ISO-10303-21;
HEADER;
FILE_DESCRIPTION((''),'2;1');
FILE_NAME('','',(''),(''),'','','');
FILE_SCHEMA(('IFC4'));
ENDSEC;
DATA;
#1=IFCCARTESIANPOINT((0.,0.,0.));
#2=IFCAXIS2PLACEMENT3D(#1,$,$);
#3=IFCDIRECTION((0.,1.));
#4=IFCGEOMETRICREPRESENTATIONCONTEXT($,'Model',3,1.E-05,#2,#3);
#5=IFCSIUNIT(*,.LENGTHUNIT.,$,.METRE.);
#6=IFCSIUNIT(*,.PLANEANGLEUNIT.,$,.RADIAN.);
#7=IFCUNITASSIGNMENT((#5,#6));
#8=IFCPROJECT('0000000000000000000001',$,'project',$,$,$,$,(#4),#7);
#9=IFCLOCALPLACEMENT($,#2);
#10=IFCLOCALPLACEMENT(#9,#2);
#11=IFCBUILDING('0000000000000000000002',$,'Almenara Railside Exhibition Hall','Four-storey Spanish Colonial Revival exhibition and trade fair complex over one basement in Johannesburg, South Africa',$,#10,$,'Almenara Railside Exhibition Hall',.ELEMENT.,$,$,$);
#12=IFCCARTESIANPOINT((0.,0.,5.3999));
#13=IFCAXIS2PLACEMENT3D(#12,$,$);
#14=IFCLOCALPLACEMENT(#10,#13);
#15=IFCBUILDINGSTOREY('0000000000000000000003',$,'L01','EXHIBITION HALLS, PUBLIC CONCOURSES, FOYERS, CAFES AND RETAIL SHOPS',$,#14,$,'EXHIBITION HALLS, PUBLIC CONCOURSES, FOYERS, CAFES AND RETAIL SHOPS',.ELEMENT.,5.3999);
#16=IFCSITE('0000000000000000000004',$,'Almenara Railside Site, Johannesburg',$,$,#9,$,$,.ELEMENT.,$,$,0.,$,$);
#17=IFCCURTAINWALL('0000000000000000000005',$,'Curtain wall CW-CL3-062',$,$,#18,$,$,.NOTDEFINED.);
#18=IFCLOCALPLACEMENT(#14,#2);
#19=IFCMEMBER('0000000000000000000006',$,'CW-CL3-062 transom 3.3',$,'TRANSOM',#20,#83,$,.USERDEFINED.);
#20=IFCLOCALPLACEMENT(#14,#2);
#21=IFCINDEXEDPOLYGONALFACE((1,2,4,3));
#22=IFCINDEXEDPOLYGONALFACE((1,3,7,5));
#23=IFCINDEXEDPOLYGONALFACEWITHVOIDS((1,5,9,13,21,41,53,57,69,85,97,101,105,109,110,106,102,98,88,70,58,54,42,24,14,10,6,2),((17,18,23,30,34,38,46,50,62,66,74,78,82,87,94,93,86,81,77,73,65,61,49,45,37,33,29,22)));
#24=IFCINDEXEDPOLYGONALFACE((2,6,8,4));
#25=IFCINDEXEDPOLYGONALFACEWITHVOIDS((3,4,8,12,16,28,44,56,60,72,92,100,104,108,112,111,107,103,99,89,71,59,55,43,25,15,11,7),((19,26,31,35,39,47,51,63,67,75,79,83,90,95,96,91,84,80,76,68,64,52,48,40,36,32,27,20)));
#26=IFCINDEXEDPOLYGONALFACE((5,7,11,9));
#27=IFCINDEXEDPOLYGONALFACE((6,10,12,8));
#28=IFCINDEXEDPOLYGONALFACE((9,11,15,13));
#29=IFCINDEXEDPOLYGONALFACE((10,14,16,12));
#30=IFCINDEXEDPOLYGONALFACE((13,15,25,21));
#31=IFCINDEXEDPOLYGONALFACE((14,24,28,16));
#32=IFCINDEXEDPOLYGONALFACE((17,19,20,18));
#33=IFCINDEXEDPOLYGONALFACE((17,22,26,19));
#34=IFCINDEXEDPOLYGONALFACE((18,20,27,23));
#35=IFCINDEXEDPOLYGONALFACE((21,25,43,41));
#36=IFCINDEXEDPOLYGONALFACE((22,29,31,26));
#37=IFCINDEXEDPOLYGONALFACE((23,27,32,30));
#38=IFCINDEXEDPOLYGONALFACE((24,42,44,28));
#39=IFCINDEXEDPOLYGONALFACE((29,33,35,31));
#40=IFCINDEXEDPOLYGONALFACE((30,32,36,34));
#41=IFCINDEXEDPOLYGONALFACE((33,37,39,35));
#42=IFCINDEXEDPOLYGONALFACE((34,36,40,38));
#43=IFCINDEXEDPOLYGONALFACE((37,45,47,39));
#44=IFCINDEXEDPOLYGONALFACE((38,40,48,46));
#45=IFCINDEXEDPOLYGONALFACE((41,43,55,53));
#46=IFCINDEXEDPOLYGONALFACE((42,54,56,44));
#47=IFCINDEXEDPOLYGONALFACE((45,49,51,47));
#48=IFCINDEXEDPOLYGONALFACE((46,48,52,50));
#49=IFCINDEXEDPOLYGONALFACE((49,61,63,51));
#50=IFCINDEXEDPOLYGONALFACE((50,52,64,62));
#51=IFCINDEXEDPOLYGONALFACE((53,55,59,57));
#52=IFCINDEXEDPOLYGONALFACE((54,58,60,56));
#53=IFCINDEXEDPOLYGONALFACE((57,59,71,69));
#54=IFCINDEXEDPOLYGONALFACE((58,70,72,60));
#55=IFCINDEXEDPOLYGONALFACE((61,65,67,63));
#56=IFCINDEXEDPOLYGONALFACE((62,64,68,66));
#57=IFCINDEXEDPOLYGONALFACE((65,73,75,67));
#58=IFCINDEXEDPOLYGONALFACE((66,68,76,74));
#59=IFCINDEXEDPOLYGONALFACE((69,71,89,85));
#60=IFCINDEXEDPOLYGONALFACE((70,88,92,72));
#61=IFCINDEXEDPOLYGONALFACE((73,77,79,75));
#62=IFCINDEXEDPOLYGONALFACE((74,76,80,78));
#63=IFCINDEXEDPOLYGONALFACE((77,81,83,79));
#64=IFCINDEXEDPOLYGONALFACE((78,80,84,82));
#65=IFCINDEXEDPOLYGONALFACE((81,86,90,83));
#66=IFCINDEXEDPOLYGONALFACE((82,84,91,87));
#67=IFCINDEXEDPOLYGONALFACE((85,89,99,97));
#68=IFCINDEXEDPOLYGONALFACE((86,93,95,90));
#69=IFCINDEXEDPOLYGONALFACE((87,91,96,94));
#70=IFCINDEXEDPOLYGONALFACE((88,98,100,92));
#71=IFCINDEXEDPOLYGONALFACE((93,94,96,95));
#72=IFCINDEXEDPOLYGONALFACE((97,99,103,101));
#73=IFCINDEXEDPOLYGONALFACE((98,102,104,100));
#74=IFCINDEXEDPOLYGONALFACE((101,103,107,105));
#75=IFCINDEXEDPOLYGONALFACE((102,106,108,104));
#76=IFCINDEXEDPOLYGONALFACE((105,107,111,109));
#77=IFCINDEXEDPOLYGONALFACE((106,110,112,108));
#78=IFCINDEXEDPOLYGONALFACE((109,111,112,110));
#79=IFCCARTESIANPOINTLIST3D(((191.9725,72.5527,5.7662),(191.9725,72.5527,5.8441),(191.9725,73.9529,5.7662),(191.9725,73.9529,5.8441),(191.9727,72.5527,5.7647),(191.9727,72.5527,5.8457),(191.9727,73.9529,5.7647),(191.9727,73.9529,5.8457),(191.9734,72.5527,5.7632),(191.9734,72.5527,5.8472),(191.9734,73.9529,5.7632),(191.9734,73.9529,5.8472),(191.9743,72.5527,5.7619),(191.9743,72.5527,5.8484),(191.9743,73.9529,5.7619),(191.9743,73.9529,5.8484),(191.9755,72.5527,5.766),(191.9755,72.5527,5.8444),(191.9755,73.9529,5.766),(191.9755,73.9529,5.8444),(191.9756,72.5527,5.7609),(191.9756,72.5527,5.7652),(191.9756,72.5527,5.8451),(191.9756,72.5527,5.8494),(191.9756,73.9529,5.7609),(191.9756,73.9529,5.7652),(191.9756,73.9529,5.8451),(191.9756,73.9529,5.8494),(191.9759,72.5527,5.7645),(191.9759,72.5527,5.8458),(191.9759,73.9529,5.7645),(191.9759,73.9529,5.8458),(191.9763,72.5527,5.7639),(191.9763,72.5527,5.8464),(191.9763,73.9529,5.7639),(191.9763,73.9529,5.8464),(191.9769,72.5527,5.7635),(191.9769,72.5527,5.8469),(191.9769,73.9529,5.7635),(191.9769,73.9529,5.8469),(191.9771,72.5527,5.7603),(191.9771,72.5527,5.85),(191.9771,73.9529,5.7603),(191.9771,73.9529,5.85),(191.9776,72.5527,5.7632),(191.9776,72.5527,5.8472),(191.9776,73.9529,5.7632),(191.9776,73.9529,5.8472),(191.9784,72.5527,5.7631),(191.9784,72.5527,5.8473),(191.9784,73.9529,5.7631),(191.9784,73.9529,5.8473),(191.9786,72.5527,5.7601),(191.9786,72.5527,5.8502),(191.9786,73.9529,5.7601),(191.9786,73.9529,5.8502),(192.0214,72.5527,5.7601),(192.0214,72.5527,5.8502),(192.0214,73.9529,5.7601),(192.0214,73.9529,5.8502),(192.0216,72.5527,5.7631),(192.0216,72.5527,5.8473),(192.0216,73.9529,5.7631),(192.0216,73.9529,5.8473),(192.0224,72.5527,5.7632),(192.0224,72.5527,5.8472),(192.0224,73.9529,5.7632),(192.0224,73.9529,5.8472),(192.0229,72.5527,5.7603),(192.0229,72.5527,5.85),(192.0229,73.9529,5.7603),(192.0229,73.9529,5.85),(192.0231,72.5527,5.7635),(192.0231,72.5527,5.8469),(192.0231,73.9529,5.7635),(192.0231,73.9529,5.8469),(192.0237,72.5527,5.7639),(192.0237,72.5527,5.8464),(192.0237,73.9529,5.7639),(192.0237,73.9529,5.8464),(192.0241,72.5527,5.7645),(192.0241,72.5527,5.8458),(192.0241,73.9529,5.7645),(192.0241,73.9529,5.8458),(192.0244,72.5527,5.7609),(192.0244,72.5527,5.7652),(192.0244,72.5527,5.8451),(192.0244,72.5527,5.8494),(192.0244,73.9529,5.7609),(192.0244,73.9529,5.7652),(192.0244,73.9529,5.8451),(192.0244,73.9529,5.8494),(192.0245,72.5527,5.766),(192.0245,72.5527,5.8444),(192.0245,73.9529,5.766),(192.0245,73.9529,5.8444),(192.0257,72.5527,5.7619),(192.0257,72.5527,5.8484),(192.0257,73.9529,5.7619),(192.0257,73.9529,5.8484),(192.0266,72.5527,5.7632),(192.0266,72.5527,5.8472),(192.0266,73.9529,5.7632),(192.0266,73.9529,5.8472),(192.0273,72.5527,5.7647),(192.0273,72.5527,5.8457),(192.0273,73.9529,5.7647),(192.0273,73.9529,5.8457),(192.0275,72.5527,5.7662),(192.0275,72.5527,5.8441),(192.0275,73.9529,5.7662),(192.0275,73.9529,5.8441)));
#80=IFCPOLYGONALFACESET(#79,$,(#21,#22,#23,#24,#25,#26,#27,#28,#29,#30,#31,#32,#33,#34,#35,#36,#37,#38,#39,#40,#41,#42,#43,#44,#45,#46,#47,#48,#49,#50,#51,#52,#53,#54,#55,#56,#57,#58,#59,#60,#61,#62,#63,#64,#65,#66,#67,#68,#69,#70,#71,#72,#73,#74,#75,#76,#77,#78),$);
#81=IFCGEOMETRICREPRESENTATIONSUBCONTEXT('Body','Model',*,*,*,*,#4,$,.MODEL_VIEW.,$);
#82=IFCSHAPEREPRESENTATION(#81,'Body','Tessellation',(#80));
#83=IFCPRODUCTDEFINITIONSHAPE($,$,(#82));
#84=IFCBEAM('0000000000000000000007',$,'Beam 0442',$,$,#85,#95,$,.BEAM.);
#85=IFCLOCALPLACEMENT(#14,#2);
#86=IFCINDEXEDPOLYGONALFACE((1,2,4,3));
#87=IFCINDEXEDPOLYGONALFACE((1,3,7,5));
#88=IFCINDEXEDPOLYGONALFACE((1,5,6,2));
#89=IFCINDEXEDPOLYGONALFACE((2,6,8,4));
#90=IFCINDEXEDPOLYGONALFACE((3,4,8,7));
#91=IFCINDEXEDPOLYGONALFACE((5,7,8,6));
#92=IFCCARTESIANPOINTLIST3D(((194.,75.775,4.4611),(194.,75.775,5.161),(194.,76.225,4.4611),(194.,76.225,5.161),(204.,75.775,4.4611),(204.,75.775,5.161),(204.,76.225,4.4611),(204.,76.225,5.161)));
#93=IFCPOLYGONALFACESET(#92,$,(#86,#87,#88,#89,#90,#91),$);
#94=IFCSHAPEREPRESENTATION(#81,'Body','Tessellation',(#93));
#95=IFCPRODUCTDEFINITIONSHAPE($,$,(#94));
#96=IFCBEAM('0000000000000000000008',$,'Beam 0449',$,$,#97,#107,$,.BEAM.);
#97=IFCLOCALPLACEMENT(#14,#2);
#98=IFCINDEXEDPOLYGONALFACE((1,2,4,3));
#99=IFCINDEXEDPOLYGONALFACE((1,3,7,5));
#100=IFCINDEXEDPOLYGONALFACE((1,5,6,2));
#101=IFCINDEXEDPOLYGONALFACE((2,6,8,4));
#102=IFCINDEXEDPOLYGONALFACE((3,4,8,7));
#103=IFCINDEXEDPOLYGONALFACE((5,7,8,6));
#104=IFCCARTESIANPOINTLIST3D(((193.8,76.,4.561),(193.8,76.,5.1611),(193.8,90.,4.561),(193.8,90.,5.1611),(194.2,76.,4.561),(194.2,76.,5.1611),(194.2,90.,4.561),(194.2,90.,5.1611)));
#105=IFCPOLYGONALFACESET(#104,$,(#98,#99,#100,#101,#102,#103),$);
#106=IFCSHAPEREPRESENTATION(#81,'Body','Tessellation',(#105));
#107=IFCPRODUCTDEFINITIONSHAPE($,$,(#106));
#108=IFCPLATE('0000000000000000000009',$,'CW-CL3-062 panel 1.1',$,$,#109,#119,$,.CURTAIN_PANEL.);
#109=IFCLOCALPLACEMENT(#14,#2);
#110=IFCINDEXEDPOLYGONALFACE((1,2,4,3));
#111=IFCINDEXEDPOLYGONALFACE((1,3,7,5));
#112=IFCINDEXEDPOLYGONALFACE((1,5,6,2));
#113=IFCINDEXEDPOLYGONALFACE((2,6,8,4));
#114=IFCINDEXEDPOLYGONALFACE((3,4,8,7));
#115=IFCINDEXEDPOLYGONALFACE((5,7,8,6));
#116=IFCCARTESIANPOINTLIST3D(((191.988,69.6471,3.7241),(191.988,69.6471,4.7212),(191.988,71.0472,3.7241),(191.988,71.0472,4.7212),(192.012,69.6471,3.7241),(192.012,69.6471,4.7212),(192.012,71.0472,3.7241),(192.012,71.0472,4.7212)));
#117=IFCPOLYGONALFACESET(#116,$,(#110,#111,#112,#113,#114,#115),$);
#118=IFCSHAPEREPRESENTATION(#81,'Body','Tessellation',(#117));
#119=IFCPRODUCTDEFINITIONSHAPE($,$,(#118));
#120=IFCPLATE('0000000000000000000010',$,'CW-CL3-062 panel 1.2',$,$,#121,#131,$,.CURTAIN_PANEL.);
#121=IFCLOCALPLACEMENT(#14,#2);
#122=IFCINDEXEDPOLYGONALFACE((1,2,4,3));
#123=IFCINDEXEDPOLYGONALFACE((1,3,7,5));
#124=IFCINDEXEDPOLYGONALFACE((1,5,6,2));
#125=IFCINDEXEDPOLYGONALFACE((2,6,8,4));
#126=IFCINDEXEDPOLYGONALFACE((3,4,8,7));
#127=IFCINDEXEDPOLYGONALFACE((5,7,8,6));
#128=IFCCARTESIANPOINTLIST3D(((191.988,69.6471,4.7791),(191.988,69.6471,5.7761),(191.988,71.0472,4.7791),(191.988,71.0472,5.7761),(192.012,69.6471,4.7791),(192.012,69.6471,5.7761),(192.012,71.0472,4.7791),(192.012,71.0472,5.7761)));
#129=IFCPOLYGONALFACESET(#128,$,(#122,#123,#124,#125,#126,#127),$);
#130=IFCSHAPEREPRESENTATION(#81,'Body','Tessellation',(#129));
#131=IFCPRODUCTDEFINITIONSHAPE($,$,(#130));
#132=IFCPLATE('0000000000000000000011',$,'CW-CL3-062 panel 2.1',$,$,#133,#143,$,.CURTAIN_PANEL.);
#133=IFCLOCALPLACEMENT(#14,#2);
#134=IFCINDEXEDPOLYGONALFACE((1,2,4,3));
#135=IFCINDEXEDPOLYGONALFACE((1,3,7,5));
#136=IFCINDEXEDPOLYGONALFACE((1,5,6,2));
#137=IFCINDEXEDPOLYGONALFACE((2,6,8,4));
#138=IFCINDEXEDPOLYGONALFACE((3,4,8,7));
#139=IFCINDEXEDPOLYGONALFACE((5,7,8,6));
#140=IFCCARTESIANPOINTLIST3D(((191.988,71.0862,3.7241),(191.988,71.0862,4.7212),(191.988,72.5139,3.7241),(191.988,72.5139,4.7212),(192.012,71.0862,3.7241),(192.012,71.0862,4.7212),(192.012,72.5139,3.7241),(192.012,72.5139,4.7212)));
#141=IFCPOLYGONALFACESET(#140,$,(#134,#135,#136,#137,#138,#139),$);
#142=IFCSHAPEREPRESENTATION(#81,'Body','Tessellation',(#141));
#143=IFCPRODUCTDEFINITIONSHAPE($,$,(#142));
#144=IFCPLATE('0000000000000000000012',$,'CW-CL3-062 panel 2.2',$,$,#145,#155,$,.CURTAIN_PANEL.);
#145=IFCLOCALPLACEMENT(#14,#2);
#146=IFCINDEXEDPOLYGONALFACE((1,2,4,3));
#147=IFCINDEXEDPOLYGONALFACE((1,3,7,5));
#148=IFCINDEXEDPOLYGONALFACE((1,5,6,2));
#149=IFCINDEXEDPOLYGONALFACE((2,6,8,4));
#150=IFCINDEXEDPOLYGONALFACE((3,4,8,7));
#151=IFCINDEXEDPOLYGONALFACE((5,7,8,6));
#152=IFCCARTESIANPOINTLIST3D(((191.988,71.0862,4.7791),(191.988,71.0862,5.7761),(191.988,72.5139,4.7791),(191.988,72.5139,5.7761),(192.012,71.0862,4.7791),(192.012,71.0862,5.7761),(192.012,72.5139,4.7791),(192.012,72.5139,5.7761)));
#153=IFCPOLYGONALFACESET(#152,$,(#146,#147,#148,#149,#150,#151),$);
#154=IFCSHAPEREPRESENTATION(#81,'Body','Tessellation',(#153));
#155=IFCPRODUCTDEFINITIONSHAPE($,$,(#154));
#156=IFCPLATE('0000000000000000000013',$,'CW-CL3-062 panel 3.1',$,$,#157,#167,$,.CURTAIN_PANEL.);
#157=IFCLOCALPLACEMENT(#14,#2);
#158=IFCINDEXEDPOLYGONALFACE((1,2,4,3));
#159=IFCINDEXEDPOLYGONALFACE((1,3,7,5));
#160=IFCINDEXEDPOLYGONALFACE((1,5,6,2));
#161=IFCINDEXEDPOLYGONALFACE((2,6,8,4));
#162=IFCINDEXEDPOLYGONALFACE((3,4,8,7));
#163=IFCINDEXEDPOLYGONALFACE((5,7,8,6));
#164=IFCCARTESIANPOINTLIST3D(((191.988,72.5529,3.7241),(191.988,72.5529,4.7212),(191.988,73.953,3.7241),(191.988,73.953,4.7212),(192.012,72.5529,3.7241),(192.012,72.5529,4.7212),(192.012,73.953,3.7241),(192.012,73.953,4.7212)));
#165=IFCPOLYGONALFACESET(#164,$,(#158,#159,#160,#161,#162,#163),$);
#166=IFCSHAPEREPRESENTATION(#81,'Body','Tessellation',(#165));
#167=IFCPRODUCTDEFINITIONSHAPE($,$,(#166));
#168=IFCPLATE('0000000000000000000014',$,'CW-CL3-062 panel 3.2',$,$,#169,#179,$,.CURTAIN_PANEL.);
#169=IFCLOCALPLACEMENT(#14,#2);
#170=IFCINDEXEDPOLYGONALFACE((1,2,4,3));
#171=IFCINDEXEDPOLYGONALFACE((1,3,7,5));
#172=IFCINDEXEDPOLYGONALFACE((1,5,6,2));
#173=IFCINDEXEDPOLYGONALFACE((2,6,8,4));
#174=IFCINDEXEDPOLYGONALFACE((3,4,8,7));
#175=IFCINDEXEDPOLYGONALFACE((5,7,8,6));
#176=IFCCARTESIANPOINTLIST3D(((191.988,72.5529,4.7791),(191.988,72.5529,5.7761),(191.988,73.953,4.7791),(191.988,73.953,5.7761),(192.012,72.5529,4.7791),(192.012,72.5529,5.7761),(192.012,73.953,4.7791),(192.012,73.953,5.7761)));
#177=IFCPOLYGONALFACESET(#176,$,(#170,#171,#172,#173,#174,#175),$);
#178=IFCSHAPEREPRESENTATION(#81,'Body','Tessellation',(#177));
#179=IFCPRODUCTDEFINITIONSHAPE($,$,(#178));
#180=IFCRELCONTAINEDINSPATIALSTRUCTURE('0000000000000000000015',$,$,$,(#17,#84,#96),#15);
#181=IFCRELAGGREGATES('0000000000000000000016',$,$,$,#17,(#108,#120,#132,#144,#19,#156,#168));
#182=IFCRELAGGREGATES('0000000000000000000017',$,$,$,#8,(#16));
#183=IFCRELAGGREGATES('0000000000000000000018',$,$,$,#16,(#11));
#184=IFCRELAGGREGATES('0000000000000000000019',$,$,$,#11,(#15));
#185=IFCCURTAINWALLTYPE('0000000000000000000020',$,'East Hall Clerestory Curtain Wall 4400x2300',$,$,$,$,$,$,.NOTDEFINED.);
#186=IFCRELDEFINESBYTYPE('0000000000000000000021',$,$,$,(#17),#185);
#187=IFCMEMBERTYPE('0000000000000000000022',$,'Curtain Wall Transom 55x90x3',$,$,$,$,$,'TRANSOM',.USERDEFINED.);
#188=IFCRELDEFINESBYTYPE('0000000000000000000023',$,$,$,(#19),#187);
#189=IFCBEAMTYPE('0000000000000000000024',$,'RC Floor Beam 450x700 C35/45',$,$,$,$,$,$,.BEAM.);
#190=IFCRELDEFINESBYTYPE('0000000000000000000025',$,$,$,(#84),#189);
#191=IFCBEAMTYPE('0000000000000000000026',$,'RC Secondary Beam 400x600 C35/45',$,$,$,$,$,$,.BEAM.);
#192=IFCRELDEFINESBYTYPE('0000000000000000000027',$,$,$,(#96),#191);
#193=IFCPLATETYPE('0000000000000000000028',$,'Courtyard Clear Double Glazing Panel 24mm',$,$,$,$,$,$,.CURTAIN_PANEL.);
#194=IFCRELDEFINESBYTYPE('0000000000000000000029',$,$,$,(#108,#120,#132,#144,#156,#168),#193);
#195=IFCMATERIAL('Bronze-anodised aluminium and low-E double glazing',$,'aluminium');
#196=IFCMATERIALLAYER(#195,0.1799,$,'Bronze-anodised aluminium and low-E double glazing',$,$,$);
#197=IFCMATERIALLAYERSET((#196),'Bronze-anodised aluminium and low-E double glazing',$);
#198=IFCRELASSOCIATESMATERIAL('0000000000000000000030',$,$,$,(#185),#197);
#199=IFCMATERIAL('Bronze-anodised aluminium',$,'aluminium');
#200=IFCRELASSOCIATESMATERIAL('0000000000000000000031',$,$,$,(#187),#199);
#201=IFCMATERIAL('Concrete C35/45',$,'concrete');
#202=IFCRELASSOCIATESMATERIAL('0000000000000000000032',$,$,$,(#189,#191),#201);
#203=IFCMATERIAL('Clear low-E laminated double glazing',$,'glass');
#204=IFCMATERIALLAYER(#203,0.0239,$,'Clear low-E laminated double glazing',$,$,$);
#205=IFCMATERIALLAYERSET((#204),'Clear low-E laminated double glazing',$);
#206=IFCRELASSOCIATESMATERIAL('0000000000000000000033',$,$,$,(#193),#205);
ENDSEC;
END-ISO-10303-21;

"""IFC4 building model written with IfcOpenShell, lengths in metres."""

from ifc_helpers import new_model, si_unit, direction, frame, origin, origin_2d, place, context, subcontext, project, spatial, rectangle, hollow_rectangle, extrude, material, layer, layer_set, material_profile, profile_set, type_object, element, aggregate, save


model = new_model("IFC4")

# Units and contexts
model_context = context("Model", 3, precision=1e-05, world=origin(), true_north=direction((0.0, 1.0)))
body_context = subcontext(model_context, "Body", "Model", "MODEL_VIEW")
ifc_project = project(units=[si_unit("LENGTHUNIT", "METRE"), si_unit("PLANEANGLEUNIT", "RADIAN")], contexts=[model_context])

# Site, building, storey
site_placement = place(None, origin())
site = spatial("IfcSite", under=ifc_project, at=site_placement, Name="Almenara Railside Site, Johannesburg", CompositionType="ELEMENT", RefElevation=0.0)
building_placement = place(site_placement, origin())
building = spatial("IfcBuilding", under=site, at=building_placement, Name="Almenara Railside Exhibition Hall", Description="Four-storey Spanish Colonial Revival exhibition and trade fair complex over one basement in Johannesburg, South Africa", LongName="Almenara Railside Exhibition Hall", CompositionType="ELEMENT")
storey_placement = place(building_placement, frame((0.0, 0.0, 5.3999)))
storey = spatial("IfcBuildingStorey", under=building, at=storey_placement, Name="L01", Description="EXHIBITION HALLS, PUBLIC CONCOURSES, FOYERS, CAFES AND RETAIL SHOPS", LongName="EXHIBITION HALLS, PUBLIC CONCOURSES, FOYERS, CAFES AND RETAIL SHOPS", CompositionType="ELEMENT", Elevation=5.3999)

# Shared definitions
ifc_material_1 = material(Name="Concrete C35/45", Category="concrete")

# Curtain wall, member
ifc_material_2 = material(Name="Bronze-anodised aluminium and low-E double glazing", Category="aluminium")
ifc_layer_1 = layer(ifc_material_2, 0.1799, Name="Bronze-anodised aluminium and low-E double glazing")
ifc_layer_set_1 = layer_set([ifc_layer_1], Name="Bronze-anodised aluminium and low-E double glazing")
curtain_wall_type = type_object("IfcCurtainWallType", Name="East Hall Clerestory Curtain Wall 4400x2300", PredefinedType="NOTDEFINED", material=ifc_layer_set_1)
curtain_wall_placement = place(storey_placement, origin())
curtain_wall = element("IfcCurtainWall", 1, at=curtain_wall_placement, inside=storey, type_object=curtain_wall_type, Name="Curtain wall CW-CL3-062", PredefinedType="NOTDEFINED")
ifc_material_3 = material(Name="Bronze-anodised aluminium", Category="aluminium")
ifc_material_profile_1 = material_profile(ifc_material_3, hollow_rectangle(XDim=0.0549, YDim=0.0901, WallThickness=0.0029, InnerFilletRadius=0.0029, OuterFilletRadius=0.0061, at=origin_2d()), Name="ALU-TRN 55x90x3")
ifc_profile_set_1 = profile_set([ifc_material_profile_1], Name="Bronze-anodised aluminium")
member_type_1 = type_object("IfcMemberType", Name="Curtain Wall Transom 55x90x3", ElementType="TRANSOM", PredefinedType="USERDEFINED", material=ifc_profile_set_1)
member_1_placement = place(storey_placement, frame((192.0, 72.5527, 5.8052), z_axis=(0.0, 1.0, 0.0), x_axis=(-1.0, 0.0, 0.0)))
member_1 = element("IfcMember", 2, at=member_1_placement, type_object=member_type_1, Name="CW-CL3-062 transom 3.3", ObjectType="TRANSOM", PredefinedType="USERDEFINED", context=body_context, shape_type="SweptSolid", body=[
    extrude(hollow_rectangle(XDim=0.0549, YDim=0.0901, WallThickness=0.0029, InnerFilletRadius=0.0029, OuterFilletRadius=0.0061, at=origin_2d()), origin(), (0.0, 0.0, 1.0), 1.4001),
])

# Beams
ifc_material_profile_2 = material_profile(ifc_material_1, rectangle(XDim=0.45, YDim=0.7, at=origin_2d()), Name="RC 450x700")
ifc_profile_set_2 = profile_set([ifc_material_profile_2], Name="Concrete C35/45")
beam_type_1 = type_object("IfcBeamType", Name="RC Floor Beam 450x700 C35/45", PredefinedType="BEAM", material=ifc_profile_set_2)
beam_1_placement = place(storey_placement, frame((194.0, 76.0, 4.811), z_axis=(1.0, 0.0, 0.0), x_axis=(0.0, 1.0, 0.0)))
element("IfcBeam", 3, at=beam_1_placement, inside=storey, type_object=beam_type_1, Name="Beam 0442", PredefinedType="BEAM", context=body_context, shape_type="SweptSolid", body=[
    extrude(rectangle(XDim=0.45, YDim=0.7, at=origin_2d()), origin(), (0.0, 0.0, 1.0), 10.0),
])
ifc_material_profile_3 = material_profile(ifc_material_1, rectangle(XDim=0.3999, YDim=0.6001, at=origin_2d()), Name="RC 400x600")
ifc_profile_set_3 = profile_set([ifc_material_profile_3], Name="Concrete C35/45")
beam_type_2 = type_object("IfcBeamType", Name="RC Secondary Beam 400x600 C35/45", PredefinedType="BEAM", material=ifc_profile_set_3)
beam_2_placement = place(storey_placement, frame((194.0, 76.0, 4.8611), z_axis=(0.0, 1.0, 0.0), x_axis=(-1.0, 0.0, 0.0)))
element("IfcBeam", 4, at=beam_2_placement, inside=storey, type_object=beam_type_2, Name="Beam 0449", PredefinedType="BEAM", context=body_context, shape_type="SweptSolid", body=[
    extrude(rectangle(XDim=0.3999, YDim=0.6001, at=origin_2d()), origin(), (0.0, 0.0, 1.0), 14.0),
])

# Plates
ifc_material_4 = material(Name="Clear low-E laminated double glazing", Category="glass")
ifc_layer_2 = layer(ifc_material_4, 0.0239, Name="Clear low-E laminated double glazing")
ifc_layer_set_2 = layer_set([ifc_layer_2], Name="Clear low-E laminated double glazing")
plate_type = type_object("IfcPlateType", Name="Courtyard Clear Double Glazing Panel 24mm", PredefinedType="CURTAIN_PANEL", material=ifc_layer_set_2)
plate_1_placement = place(storey_placement, frame((192.0, 70.3472, 3.7241), z_axis=(0.0, 0.0, 1.0), x_axis=(0.0, 1.0, 0.0)))
plate_1 = element("IfcPlate", 5, at=plate_1_placement, type_object=plate_type, Name="CW-CL3-062 panel 1.1", PredefinedType="CURTAIN_PANEL", context=body_context, shape_type="SweptSolid", body=[
    extrude(rectangle(XDim=1.4001, YDim=0.0239, at=origin_2d()), origin(), (0.0, 0.0, 1.0), 0.9971),
])
plate_2_placement = place(storey_placement, frame((192.0, 70.3472, 4.7791), z_axis=(0.0, 0.0, 1.0), x_axis=(0.0, 1.0, 0.0)))
plate_2 = element("IfcPlate", 6, at=plate_2_placement, type_object=plate_type, Name="CW-CL3-062 panel 1.2", PredefinedType="CURTAIN_PANEL", context=body_context, shape_type="SweptSolid", body=[
    extrude(rectangle(XDim=1.4001, YDim=0.0239, at=origin_2d()), origin(), (0.0, 0.0, 1.0), 0.9971),
])
plate_3_placement = place(storey_placement, frame((192.0, 71.8, 3.7241), z_axis=(0.0, 0.0, 1.0), x_axis=(0.0, 1.0, 0.0)))
plate_3 = element("IfcPlate", 7, at=plate_3_placement, type_object=plate_type, Name="CW-CL3-062 panel 2.1", PredefinedType="CURTAIN_PANEL", context=body_context, shape_type="SweptSolid", body=[
    extrude(rectangle(XDim=1.4277, YDim=0.0239, at=origin_2d()), origin(), (0.0, 0.0, 1.0), 0.9971),
])
plate_4_placement = place(storey_placement, frame((192.0, 71.8, 4.7791), z_axis=(0.0, 0.0, 1.0), x_axis=(0.0, 1.0, 0.0)))
plate_4 = element("IfcPlate", 8, at=plate_4_placement, type_object=plate_type, Name="CW-CL3-062 panel 2.2", PredefinedType="CURTAIN_PANEL", context=body_context, shape_type="SweptSolid", body=[
    extrude(rectangle(XDim=1.4277, YDim=0.0239, at=origin_2d()), origin(), (0.0, 0.0, 1.0), 0.9971),
])
plate_5_placement = place(storey_placement, frame((192.0, 73.2529, 3.7241), z_axis=(0.0, 0.0, 1.0), x_axis=(0.0, 1.0, 0.0)))
plate_5 = element("IfcPlate", 9, at=plate_5_placement, type_object=plate_type, Name="CW-CL3-062 panel 3.1", PredefinedType="CURTAIN_PANEL", context=body_context, shape_type="SweptSolid", body=[
    extrude(rectangle(XDim=1.4001, YDim=0.0239, at=origin_2d()), origin(), (0.0, 0.0, 1.0), 0.9971),
])
plate_6_placement = place(storey_placement, frame((192.0, 73.2529, 4.7791), z_axis=(0.0, 0.0, 1.0), x_axis=(0.0, 1.0, 0.0)))
plate_6 = element("IfcPlate", 10, at=plate_6_placement, type_object=plate_type, Name="CW-CL3-062 panel 3.2", PredefinedType="CURTAIN_PANEL", context=body_context, shape_type="SweptSolid", body=[
    extrude(rectangle(XDim=1.4001, YDim=0.0239, at=origin_2d()), origin(), (0.0, 0.0, 1.0), 0.9971),
])
aggregate(curtain_wall, [plate_1, plate_2, plate_3, plate_4, member_1, plate_5, plate_6])

save(model, "model.ifc")
